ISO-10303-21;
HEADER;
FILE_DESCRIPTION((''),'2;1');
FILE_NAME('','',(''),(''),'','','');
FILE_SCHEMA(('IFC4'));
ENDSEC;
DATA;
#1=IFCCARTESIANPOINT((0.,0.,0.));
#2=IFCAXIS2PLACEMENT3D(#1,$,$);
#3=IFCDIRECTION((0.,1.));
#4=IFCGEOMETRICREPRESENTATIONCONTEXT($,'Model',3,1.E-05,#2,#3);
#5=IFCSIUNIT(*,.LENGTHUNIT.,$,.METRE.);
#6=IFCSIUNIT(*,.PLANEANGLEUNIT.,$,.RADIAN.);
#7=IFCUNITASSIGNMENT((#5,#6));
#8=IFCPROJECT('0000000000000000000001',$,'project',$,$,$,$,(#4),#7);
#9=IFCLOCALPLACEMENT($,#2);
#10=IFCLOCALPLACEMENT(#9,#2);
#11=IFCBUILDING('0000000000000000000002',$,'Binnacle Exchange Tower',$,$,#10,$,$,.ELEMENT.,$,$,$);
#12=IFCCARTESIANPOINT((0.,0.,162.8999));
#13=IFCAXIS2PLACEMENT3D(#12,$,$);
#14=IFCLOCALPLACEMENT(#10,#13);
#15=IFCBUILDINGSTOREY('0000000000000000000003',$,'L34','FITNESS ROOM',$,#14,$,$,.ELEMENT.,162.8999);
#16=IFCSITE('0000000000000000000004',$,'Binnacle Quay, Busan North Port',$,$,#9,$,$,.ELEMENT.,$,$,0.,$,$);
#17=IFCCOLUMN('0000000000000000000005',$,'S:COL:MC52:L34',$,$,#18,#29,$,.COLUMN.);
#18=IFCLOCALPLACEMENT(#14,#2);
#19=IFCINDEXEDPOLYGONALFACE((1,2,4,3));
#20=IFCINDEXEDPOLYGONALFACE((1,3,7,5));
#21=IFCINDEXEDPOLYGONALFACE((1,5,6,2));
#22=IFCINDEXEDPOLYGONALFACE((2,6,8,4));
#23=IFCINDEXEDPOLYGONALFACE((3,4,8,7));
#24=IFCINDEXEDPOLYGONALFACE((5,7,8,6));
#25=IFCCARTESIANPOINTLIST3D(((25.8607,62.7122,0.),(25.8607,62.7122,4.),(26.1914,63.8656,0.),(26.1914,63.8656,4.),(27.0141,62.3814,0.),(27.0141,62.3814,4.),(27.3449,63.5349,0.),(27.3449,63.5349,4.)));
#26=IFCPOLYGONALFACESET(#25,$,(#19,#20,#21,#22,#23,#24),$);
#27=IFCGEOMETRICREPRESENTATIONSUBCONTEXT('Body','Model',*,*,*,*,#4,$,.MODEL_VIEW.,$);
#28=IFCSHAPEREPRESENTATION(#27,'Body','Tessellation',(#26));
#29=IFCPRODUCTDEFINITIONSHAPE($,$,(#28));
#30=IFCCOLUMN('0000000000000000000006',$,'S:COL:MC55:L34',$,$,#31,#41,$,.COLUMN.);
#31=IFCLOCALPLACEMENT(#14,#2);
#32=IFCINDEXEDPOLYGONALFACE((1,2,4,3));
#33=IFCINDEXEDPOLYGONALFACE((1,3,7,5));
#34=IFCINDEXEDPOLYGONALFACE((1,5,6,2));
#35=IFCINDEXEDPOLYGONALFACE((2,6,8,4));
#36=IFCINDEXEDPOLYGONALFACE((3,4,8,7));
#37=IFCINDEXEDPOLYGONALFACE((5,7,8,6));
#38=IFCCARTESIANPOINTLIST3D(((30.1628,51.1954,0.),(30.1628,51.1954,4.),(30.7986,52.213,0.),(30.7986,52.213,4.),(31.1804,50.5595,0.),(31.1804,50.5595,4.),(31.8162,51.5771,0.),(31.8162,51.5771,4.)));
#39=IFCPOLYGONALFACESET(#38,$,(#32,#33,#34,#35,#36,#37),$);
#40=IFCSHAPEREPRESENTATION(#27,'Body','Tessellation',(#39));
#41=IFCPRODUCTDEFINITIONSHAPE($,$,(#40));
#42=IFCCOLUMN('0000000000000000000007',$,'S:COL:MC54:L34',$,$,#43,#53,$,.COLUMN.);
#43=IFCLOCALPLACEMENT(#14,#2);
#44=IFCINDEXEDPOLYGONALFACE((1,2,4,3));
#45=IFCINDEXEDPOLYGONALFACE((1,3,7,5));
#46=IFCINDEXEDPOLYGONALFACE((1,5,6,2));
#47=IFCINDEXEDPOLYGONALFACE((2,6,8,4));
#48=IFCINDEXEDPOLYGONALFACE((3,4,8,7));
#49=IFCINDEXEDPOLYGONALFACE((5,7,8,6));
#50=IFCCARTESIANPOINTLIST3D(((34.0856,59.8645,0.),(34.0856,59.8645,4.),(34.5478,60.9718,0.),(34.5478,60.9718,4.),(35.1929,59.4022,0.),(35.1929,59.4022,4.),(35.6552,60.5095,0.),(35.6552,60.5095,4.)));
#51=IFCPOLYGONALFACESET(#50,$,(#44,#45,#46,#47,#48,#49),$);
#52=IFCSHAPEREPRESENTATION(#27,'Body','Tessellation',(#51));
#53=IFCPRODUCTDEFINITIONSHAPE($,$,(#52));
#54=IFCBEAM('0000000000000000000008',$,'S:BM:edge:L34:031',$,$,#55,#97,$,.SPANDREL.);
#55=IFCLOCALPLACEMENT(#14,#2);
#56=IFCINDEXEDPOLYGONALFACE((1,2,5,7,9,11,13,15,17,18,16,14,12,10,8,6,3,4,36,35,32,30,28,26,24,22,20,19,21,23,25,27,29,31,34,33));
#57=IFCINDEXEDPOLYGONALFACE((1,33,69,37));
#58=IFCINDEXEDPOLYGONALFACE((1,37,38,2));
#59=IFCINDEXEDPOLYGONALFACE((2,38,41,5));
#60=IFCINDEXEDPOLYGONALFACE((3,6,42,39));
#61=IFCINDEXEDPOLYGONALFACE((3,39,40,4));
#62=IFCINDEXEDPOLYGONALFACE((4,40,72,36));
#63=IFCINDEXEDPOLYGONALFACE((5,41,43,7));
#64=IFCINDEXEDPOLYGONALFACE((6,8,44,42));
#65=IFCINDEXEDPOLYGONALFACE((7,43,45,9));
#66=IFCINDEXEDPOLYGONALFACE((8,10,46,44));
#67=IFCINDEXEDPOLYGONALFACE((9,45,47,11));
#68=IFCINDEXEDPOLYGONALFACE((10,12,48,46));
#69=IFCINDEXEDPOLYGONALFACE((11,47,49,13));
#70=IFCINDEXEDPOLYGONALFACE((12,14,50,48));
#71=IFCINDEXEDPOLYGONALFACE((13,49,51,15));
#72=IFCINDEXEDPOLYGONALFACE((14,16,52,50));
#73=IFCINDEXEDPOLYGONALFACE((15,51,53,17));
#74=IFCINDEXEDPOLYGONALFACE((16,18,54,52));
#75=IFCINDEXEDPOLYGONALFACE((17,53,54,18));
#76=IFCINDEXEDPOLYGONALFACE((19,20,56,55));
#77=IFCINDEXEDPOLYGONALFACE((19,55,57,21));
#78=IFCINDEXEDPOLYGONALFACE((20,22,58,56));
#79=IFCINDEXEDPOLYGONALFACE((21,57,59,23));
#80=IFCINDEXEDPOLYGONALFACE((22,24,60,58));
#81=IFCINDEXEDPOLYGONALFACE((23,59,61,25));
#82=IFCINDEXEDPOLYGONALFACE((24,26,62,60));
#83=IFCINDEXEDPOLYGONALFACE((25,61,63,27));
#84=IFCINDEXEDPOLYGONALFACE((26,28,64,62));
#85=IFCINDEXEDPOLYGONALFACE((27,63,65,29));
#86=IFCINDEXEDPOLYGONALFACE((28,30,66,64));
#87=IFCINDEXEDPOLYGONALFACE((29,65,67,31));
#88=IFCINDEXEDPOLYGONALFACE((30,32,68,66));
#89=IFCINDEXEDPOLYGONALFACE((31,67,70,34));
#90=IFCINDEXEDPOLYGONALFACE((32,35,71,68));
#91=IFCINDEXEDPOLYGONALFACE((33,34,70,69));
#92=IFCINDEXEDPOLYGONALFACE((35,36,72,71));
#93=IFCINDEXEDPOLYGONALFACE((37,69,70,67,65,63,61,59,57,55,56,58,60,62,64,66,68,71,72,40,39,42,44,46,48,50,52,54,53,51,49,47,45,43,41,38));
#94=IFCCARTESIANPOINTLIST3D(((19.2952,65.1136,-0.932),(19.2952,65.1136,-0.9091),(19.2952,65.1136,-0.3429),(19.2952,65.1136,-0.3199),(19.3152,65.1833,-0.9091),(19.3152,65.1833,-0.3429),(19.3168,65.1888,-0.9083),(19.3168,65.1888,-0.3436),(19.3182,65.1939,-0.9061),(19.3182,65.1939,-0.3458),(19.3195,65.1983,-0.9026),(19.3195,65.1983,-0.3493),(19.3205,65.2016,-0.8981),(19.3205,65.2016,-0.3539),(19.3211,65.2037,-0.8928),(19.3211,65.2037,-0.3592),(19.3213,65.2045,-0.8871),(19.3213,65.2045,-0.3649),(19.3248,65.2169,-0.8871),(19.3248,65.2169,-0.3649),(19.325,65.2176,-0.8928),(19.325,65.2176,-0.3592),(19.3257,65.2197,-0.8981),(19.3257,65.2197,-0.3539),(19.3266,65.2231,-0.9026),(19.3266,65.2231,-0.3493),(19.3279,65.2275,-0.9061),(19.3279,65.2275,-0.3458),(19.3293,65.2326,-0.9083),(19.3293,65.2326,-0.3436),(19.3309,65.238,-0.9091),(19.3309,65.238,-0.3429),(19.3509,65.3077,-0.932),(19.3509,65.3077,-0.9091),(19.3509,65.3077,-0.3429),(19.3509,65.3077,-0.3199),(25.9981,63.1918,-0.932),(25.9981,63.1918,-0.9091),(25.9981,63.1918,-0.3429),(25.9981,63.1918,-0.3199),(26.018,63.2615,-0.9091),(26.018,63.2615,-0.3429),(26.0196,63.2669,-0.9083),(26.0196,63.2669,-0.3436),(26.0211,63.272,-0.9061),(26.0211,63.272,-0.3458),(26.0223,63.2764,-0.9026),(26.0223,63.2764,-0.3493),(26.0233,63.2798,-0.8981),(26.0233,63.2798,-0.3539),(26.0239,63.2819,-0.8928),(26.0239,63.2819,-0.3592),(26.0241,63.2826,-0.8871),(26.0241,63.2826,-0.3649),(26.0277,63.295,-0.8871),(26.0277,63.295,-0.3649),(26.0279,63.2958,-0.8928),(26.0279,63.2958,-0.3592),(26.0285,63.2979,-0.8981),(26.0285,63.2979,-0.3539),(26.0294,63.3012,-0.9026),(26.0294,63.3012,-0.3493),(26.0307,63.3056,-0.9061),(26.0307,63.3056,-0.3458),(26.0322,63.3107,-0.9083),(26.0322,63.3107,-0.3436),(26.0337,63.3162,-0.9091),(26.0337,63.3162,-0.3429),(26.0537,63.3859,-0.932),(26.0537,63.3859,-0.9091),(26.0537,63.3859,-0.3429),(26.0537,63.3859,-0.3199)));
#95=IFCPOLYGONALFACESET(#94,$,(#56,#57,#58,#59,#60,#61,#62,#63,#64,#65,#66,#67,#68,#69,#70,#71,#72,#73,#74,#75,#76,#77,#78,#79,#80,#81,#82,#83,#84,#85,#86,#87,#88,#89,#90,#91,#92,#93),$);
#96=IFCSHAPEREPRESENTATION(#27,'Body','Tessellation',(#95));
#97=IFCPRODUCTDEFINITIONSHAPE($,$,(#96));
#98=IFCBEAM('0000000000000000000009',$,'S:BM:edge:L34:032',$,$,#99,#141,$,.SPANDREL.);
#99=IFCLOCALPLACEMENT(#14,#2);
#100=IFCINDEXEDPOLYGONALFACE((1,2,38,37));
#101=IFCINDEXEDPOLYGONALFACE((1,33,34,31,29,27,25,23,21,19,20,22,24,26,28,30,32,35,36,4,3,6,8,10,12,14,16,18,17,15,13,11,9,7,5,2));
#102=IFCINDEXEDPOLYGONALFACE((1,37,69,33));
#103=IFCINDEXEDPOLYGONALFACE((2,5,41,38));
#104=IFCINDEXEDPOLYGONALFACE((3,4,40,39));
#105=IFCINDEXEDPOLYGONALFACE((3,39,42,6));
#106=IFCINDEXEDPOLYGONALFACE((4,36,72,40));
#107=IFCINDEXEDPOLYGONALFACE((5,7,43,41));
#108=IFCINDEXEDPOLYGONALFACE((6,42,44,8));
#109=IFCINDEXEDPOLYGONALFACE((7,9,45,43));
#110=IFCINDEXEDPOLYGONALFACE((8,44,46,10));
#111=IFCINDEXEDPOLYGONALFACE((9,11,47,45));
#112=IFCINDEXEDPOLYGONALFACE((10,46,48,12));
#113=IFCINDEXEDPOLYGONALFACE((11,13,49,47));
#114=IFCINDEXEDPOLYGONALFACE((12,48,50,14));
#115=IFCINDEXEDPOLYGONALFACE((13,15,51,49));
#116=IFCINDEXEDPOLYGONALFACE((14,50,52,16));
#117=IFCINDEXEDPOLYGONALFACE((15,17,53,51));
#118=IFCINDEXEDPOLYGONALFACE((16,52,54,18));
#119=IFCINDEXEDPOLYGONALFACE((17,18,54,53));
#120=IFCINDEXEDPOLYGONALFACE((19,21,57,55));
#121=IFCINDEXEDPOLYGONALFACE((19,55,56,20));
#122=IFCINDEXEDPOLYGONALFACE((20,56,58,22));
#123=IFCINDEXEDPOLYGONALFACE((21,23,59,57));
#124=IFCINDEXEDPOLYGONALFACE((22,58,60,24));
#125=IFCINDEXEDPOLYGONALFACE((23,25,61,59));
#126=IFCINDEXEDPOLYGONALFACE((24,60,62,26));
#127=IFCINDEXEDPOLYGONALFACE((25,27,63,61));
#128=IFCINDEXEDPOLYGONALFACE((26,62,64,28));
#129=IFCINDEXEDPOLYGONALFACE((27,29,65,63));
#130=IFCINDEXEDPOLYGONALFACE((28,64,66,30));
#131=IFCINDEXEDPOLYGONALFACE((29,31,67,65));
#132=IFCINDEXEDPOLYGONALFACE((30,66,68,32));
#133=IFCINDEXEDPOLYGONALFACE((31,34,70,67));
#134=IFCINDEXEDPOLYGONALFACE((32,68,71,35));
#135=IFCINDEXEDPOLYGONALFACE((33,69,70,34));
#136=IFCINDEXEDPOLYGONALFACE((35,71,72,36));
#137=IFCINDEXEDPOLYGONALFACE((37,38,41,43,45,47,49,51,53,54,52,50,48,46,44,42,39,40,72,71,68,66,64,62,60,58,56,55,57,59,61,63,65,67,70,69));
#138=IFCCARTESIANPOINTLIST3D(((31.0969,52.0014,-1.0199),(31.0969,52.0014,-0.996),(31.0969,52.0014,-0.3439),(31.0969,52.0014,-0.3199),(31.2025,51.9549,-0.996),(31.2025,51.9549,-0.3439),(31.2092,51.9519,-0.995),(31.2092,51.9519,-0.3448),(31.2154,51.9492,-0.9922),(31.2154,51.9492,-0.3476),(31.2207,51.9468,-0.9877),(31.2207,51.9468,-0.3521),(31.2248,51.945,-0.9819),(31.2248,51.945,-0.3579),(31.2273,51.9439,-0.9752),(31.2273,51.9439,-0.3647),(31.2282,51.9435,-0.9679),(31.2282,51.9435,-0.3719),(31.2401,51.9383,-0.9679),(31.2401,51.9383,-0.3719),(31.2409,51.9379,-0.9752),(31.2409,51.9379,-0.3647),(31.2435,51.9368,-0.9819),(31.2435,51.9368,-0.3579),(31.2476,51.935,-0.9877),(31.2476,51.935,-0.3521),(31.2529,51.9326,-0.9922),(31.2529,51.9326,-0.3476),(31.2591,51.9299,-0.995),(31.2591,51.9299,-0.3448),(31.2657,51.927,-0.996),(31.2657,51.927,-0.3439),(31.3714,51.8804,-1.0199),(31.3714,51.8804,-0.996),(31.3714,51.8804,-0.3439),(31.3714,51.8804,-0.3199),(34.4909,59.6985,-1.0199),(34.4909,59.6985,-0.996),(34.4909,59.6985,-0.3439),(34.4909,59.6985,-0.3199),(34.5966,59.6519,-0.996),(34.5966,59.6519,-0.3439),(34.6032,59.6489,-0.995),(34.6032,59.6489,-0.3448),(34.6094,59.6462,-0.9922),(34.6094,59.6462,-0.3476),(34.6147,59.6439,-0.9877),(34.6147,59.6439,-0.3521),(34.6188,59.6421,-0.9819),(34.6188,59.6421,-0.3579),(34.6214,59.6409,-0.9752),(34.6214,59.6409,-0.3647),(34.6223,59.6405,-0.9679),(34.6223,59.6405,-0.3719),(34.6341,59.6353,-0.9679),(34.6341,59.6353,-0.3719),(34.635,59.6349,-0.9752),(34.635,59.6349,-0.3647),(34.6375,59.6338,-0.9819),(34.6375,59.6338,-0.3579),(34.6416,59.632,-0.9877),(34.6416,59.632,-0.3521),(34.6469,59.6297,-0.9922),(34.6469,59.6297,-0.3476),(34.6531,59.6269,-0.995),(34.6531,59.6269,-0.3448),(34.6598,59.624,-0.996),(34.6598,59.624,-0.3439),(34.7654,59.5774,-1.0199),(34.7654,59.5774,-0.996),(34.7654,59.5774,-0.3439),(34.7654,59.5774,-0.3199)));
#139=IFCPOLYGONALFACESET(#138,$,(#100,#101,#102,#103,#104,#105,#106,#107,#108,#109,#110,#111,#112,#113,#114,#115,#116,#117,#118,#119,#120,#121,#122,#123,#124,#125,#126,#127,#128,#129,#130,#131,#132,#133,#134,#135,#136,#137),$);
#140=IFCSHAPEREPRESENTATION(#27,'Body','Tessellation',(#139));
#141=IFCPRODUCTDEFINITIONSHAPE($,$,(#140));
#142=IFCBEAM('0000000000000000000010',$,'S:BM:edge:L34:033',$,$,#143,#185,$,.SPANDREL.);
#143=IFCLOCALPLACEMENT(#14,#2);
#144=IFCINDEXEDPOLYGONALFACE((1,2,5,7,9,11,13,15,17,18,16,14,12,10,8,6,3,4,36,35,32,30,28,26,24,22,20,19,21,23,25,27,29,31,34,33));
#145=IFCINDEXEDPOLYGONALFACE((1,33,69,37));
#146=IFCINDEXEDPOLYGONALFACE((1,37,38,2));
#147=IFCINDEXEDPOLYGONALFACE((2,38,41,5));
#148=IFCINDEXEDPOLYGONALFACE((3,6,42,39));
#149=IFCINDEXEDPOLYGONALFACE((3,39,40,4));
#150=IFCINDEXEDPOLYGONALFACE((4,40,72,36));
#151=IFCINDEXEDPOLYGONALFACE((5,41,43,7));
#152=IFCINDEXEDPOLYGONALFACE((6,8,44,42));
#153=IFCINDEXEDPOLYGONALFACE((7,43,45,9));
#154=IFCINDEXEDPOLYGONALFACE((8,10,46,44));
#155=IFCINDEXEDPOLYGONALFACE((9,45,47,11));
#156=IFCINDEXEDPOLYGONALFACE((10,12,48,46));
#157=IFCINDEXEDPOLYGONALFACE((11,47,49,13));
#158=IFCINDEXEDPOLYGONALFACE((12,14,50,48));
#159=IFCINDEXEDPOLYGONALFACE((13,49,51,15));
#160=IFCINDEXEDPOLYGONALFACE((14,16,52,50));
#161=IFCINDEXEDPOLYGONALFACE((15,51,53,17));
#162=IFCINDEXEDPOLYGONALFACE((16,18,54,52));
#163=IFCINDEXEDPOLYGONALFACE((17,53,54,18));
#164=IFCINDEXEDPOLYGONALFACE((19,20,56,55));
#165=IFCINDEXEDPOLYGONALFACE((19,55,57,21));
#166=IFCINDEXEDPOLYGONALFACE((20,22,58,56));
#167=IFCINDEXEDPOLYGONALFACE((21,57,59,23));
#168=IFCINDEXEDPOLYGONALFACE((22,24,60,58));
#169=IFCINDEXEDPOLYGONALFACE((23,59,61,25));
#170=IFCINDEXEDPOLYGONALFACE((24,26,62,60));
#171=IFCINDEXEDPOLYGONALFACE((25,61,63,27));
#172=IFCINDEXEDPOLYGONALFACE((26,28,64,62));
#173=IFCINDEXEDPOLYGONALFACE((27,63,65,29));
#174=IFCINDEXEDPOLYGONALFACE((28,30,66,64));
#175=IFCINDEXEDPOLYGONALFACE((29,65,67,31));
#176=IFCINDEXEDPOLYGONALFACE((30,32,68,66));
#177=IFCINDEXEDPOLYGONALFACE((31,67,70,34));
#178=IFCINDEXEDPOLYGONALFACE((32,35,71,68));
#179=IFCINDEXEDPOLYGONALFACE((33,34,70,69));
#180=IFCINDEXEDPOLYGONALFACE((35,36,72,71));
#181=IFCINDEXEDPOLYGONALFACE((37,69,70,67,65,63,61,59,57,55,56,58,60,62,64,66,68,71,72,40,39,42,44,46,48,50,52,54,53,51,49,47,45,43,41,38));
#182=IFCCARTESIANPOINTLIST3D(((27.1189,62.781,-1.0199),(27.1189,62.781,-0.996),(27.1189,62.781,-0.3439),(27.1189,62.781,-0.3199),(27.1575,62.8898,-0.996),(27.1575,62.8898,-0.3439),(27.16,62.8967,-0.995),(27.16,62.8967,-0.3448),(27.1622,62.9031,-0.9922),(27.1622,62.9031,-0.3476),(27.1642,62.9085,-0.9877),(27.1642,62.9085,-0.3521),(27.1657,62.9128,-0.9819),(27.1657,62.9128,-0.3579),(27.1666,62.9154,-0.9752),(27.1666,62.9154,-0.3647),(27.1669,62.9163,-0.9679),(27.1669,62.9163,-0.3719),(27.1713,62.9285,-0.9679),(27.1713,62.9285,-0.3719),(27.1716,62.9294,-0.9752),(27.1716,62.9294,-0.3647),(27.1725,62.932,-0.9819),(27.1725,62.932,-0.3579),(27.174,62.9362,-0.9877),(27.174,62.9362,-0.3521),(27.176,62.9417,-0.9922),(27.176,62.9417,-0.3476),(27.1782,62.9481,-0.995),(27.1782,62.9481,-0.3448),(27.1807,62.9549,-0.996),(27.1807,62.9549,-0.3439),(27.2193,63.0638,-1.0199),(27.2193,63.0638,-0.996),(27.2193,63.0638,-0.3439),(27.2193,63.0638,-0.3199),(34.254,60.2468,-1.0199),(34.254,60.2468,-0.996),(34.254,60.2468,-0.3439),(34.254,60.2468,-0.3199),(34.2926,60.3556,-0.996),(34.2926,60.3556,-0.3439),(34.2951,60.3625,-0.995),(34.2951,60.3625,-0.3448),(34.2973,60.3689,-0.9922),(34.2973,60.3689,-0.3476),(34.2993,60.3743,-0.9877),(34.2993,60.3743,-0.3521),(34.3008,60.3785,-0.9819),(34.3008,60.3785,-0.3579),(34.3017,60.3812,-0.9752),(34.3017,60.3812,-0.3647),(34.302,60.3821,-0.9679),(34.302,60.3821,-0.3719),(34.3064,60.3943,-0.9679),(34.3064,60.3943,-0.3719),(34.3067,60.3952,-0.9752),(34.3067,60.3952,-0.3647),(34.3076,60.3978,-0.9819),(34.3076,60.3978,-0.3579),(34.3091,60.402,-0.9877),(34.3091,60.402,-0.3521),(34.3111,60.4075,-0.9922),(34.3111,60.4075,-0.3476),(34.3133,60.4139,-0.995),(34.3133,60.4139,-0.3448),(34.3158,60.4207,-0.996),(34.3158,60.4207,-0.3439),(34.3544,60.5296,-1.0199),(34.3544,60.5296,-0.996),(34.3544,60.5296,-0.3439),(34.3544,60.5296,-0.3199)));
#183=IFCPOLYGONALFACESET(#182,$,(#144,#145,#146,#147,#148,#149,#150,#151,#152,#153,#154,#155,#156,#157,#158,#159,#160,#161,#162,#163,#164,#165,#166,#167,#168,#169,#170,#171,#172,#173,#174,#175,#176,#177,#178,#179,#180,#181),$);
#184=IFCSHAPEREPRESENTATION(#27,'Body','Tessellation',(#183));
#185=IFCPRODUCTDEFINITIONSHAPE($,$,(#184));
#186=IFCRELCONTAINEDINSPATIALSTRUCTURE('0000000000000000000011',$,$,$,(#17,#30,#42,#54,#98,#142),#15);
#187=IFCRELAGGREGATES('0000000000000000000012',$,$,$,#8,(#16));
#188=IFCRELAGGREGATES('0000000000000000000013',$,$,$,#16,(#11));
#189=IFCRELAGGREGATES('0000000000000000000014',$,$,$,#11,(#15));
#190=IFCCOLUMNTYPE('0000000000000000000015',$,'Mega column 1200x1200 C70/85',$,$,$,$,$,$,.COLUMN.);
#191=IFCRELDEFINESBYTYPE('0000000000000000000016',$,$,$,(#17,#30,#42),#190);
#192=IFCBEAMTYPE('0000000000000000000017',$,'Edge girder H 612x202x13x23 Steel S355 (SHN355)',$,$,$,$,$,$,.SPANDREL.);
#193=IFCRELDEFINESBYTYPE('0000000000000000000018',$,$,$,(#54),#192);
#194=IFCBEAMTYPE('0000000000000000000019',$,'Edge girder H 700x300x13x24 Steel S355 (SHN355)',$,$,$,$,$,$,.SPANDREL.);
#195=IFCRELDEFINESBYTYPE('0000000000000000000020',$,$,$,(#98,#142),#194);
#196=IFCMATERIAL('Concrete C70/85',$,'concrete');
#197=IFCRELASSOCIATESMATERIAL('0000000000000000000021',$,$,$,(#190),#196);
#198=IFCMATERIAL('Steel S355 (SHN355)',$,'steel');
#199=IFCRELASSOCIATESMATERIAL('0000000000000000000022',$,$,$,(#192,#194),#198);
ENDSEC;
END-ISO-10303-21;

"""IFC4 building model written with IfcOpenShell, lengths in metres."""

from ifc_helpers import new_model, si_unit, direction, frame, origin, origin_2d, place, context, subcontext, project, spatial, rectangle, i_section, extrude, material, material_profile, profile_set, type_object, element, save


model = new_model("IFC4")

# Units and contexts
model_context = context("Model", 3, precision=1e-05, world=origin(), true_north=direction((0.0, 1.0)))
body_context = subcontext(model_context, "Body", "Model", "MODEL_VIEW")
ifc_project = project(units=[si_unit("LENGTHUNIT", "METRE"), si_unit("PLANEANGLEUNIT", "RADIAN")], contexts=[model_context])

# Site, building, storey
site_placement = place(None, origin())
site = spatial("IfcSite", under=ifc_project, at=site_placement, Name="Binnacle Quay, Busan North Port", CompositionType="ELEMENT", RefElevation=0.0)
building_placement = place(site_placement, origin())
building = spatial("IfcBuilding", under=site, at=building_placement, Name="Binnacle Exchange Tower", CompositionType="ELEMENT")
storey_placement = place(building_placement, frame((0.0, 0.0, 162.8999)))
storey = spatial("IfcBuildingStorey", under=building, at=storey_placement, Name="L34", Description="FITNESS ROOM", CompositionType="ELEMENT", Elevation=162.8999)

# Columns
ifc_material_1 = material(Name="Concrete C70/85", Category="concrete")
ifc_material_profile_1 = material_profile(ifc_material_1, rectangle(XDim=1.2, YDim=1.2, at=origin_2d()), Name="Mega column 1200x1200 C70/85")
ifc_profile_set_1 = profile_set([ifc_material_profile_1], Name="Concrete C70/85")
column_type = type_object("IfcColumnType", Name="Mega column 1200x1200 C70/85", PredefinedType="COLUMN", material=ifc_profile_set_1)
for number, where, z_axis, x_axis, name in (
    (1, (26.6028, 63.1235, 0.0), (0.0, 0.0, 1.0), (-0.961262, 0.275637, 0.0), "S:COL:MC52:L34"),
    (2, (30.9895, 51.3862, 0.0), (0.0, 0.0, 1.0), (0.529919, 0.848048, 0.0), "S:COL:MC55:L34"),
    (3, (34.8704, 60.187, 0.0), (0.0, 0.0, 1.0), (-0.922814, 0.385246, 0.0), "S:COL:MC54:L34"),
):
    element("IfcColumn", number, at=place(storey_placement, frame(where, z_axis=z_axis, x_axis=x_axis)), inside=storey, type_object=column_type, Name=name, PredefinedType="COLUMN", context=body_context, shape_type="SweptSolid", body=[
        extrude(rectangle(XDim=1.2, YDim=1.2, at=origin_2d()), origin(), (0.0, 0.0, 1.0), 4.0),
    ])

# Beams
ifc_material_2 = material(Name="Steel S355 (SHN355)", Category="steel")
ifc_material_profile_2 = material_profile(ifc_material_2, i_section(OverallWidth=0.2019, OverallDepth=0.6121, WebThickness=0.0129, FlangeThickness=0.0229, FilletRadius=0.022, at=origin_2d()), Name="H 612x202x13x23")
ifc_profile_set_2 = profile_set([ifc_material_profile_2], Name="Steel S355 (SHN355)")
beam_type_1 = type_object("IfcBeamType", Name="Edge girder H 612x202x13x23 Steel S355 (SHN355)", PredefinedType="SPANDREL", material=ifc_profile_set_2)
beam_1_placement = place(storey_placement, frame((26.0259, 63.2888, -0.626), z_axis=(-0.961267, 0.275618, 0.0), x_axis=(-0.275618, -0.961267, 0.0)))
element("IfcBeam", 4, at=beam_1_placement, inside=storey, type_object=beam_type_1, Name="S:BM:edge:L34:031", PredefinedType="SPANDREL", context=body_context, shape_type="SweptSolid", body=[
    extrude(i_section(OverallWidth=0.2019, OverallDepth=0.6121, WebThickness=0.0129, FlangeThickness=0.0229, FilletRadius=0.022, at=origin_2d()), origin(), (0.0, 0.0, 1.0), 6.9729),
])
ifc_material_profile_3 = material_profile(ifc_material_2, i_section(OverallWidth=0.3, OverallDepth=0.7, WebThickness=0.0129, FlangeThickness=0.0239, FilletRadius=0.0281, at=origin_2d()), Name="H 700x300x13x24")
ifc_profile_set_3 = profile_set([ifc_material_profile_3], Name="Steel S355 (SHN355)")
beam_type_2 = type_object("IfcBeamType", Name="Edge girder H 700x300x13x24 Steel S355 (SHN355)", PredefinedType="SPANDREL", material=ifc_profile_set_3)
beam_2_placement = place(storey_placement, frame((31.2341, 51.9409, -0.6699), z_axis=(0.403471, 0.914992, 0.0), x_axis=(-0.914992, 0.403471, 0.0)))
element("IfcBeam", 5, at=beam_2_placement, inside=storey, type_object=beam_type_2, Name="S:BM:edge:L34:032", PredefinedType="SPANDREL", context=body_context, shape_type="SweptSolid", body=[
    extrude(i_section(OverallWidth=0.3, OverallDepth=0.7, WebThickness=0.0129, FlangeThickness=0.0239, FilletRadius=0.0281, at=origin_2d()), origin(), (0.0, 0.0, 1.0), 8.4121),
])
beam_3_placement = place(storey_placement, frame((34.3042, 60.3882, -0.6699), z_axis=(-0.942328, 0.334692, 0.0), x_axis=(-0.334692, -0.942328, 0.0)))
element("IfcBeam", 6, at=beam_3_placement, inside=storey, type_object=beam_type_2, Name="S:BM:edge:L34:033", PredefinedType="SPANDREL", context=body_context, shape_type="SweptSolid", body=[
    extrude(i_section(OverallWidth=0.3, OverallDepth=0.7, WebThickness=0.0129, FlangeThickness=0.0239, FilletRadius=0.0281, at=origin_2d()), origin(), (0.0, 0.0, 1.0), 7.5718),
])

save(model, "model.ifc")
